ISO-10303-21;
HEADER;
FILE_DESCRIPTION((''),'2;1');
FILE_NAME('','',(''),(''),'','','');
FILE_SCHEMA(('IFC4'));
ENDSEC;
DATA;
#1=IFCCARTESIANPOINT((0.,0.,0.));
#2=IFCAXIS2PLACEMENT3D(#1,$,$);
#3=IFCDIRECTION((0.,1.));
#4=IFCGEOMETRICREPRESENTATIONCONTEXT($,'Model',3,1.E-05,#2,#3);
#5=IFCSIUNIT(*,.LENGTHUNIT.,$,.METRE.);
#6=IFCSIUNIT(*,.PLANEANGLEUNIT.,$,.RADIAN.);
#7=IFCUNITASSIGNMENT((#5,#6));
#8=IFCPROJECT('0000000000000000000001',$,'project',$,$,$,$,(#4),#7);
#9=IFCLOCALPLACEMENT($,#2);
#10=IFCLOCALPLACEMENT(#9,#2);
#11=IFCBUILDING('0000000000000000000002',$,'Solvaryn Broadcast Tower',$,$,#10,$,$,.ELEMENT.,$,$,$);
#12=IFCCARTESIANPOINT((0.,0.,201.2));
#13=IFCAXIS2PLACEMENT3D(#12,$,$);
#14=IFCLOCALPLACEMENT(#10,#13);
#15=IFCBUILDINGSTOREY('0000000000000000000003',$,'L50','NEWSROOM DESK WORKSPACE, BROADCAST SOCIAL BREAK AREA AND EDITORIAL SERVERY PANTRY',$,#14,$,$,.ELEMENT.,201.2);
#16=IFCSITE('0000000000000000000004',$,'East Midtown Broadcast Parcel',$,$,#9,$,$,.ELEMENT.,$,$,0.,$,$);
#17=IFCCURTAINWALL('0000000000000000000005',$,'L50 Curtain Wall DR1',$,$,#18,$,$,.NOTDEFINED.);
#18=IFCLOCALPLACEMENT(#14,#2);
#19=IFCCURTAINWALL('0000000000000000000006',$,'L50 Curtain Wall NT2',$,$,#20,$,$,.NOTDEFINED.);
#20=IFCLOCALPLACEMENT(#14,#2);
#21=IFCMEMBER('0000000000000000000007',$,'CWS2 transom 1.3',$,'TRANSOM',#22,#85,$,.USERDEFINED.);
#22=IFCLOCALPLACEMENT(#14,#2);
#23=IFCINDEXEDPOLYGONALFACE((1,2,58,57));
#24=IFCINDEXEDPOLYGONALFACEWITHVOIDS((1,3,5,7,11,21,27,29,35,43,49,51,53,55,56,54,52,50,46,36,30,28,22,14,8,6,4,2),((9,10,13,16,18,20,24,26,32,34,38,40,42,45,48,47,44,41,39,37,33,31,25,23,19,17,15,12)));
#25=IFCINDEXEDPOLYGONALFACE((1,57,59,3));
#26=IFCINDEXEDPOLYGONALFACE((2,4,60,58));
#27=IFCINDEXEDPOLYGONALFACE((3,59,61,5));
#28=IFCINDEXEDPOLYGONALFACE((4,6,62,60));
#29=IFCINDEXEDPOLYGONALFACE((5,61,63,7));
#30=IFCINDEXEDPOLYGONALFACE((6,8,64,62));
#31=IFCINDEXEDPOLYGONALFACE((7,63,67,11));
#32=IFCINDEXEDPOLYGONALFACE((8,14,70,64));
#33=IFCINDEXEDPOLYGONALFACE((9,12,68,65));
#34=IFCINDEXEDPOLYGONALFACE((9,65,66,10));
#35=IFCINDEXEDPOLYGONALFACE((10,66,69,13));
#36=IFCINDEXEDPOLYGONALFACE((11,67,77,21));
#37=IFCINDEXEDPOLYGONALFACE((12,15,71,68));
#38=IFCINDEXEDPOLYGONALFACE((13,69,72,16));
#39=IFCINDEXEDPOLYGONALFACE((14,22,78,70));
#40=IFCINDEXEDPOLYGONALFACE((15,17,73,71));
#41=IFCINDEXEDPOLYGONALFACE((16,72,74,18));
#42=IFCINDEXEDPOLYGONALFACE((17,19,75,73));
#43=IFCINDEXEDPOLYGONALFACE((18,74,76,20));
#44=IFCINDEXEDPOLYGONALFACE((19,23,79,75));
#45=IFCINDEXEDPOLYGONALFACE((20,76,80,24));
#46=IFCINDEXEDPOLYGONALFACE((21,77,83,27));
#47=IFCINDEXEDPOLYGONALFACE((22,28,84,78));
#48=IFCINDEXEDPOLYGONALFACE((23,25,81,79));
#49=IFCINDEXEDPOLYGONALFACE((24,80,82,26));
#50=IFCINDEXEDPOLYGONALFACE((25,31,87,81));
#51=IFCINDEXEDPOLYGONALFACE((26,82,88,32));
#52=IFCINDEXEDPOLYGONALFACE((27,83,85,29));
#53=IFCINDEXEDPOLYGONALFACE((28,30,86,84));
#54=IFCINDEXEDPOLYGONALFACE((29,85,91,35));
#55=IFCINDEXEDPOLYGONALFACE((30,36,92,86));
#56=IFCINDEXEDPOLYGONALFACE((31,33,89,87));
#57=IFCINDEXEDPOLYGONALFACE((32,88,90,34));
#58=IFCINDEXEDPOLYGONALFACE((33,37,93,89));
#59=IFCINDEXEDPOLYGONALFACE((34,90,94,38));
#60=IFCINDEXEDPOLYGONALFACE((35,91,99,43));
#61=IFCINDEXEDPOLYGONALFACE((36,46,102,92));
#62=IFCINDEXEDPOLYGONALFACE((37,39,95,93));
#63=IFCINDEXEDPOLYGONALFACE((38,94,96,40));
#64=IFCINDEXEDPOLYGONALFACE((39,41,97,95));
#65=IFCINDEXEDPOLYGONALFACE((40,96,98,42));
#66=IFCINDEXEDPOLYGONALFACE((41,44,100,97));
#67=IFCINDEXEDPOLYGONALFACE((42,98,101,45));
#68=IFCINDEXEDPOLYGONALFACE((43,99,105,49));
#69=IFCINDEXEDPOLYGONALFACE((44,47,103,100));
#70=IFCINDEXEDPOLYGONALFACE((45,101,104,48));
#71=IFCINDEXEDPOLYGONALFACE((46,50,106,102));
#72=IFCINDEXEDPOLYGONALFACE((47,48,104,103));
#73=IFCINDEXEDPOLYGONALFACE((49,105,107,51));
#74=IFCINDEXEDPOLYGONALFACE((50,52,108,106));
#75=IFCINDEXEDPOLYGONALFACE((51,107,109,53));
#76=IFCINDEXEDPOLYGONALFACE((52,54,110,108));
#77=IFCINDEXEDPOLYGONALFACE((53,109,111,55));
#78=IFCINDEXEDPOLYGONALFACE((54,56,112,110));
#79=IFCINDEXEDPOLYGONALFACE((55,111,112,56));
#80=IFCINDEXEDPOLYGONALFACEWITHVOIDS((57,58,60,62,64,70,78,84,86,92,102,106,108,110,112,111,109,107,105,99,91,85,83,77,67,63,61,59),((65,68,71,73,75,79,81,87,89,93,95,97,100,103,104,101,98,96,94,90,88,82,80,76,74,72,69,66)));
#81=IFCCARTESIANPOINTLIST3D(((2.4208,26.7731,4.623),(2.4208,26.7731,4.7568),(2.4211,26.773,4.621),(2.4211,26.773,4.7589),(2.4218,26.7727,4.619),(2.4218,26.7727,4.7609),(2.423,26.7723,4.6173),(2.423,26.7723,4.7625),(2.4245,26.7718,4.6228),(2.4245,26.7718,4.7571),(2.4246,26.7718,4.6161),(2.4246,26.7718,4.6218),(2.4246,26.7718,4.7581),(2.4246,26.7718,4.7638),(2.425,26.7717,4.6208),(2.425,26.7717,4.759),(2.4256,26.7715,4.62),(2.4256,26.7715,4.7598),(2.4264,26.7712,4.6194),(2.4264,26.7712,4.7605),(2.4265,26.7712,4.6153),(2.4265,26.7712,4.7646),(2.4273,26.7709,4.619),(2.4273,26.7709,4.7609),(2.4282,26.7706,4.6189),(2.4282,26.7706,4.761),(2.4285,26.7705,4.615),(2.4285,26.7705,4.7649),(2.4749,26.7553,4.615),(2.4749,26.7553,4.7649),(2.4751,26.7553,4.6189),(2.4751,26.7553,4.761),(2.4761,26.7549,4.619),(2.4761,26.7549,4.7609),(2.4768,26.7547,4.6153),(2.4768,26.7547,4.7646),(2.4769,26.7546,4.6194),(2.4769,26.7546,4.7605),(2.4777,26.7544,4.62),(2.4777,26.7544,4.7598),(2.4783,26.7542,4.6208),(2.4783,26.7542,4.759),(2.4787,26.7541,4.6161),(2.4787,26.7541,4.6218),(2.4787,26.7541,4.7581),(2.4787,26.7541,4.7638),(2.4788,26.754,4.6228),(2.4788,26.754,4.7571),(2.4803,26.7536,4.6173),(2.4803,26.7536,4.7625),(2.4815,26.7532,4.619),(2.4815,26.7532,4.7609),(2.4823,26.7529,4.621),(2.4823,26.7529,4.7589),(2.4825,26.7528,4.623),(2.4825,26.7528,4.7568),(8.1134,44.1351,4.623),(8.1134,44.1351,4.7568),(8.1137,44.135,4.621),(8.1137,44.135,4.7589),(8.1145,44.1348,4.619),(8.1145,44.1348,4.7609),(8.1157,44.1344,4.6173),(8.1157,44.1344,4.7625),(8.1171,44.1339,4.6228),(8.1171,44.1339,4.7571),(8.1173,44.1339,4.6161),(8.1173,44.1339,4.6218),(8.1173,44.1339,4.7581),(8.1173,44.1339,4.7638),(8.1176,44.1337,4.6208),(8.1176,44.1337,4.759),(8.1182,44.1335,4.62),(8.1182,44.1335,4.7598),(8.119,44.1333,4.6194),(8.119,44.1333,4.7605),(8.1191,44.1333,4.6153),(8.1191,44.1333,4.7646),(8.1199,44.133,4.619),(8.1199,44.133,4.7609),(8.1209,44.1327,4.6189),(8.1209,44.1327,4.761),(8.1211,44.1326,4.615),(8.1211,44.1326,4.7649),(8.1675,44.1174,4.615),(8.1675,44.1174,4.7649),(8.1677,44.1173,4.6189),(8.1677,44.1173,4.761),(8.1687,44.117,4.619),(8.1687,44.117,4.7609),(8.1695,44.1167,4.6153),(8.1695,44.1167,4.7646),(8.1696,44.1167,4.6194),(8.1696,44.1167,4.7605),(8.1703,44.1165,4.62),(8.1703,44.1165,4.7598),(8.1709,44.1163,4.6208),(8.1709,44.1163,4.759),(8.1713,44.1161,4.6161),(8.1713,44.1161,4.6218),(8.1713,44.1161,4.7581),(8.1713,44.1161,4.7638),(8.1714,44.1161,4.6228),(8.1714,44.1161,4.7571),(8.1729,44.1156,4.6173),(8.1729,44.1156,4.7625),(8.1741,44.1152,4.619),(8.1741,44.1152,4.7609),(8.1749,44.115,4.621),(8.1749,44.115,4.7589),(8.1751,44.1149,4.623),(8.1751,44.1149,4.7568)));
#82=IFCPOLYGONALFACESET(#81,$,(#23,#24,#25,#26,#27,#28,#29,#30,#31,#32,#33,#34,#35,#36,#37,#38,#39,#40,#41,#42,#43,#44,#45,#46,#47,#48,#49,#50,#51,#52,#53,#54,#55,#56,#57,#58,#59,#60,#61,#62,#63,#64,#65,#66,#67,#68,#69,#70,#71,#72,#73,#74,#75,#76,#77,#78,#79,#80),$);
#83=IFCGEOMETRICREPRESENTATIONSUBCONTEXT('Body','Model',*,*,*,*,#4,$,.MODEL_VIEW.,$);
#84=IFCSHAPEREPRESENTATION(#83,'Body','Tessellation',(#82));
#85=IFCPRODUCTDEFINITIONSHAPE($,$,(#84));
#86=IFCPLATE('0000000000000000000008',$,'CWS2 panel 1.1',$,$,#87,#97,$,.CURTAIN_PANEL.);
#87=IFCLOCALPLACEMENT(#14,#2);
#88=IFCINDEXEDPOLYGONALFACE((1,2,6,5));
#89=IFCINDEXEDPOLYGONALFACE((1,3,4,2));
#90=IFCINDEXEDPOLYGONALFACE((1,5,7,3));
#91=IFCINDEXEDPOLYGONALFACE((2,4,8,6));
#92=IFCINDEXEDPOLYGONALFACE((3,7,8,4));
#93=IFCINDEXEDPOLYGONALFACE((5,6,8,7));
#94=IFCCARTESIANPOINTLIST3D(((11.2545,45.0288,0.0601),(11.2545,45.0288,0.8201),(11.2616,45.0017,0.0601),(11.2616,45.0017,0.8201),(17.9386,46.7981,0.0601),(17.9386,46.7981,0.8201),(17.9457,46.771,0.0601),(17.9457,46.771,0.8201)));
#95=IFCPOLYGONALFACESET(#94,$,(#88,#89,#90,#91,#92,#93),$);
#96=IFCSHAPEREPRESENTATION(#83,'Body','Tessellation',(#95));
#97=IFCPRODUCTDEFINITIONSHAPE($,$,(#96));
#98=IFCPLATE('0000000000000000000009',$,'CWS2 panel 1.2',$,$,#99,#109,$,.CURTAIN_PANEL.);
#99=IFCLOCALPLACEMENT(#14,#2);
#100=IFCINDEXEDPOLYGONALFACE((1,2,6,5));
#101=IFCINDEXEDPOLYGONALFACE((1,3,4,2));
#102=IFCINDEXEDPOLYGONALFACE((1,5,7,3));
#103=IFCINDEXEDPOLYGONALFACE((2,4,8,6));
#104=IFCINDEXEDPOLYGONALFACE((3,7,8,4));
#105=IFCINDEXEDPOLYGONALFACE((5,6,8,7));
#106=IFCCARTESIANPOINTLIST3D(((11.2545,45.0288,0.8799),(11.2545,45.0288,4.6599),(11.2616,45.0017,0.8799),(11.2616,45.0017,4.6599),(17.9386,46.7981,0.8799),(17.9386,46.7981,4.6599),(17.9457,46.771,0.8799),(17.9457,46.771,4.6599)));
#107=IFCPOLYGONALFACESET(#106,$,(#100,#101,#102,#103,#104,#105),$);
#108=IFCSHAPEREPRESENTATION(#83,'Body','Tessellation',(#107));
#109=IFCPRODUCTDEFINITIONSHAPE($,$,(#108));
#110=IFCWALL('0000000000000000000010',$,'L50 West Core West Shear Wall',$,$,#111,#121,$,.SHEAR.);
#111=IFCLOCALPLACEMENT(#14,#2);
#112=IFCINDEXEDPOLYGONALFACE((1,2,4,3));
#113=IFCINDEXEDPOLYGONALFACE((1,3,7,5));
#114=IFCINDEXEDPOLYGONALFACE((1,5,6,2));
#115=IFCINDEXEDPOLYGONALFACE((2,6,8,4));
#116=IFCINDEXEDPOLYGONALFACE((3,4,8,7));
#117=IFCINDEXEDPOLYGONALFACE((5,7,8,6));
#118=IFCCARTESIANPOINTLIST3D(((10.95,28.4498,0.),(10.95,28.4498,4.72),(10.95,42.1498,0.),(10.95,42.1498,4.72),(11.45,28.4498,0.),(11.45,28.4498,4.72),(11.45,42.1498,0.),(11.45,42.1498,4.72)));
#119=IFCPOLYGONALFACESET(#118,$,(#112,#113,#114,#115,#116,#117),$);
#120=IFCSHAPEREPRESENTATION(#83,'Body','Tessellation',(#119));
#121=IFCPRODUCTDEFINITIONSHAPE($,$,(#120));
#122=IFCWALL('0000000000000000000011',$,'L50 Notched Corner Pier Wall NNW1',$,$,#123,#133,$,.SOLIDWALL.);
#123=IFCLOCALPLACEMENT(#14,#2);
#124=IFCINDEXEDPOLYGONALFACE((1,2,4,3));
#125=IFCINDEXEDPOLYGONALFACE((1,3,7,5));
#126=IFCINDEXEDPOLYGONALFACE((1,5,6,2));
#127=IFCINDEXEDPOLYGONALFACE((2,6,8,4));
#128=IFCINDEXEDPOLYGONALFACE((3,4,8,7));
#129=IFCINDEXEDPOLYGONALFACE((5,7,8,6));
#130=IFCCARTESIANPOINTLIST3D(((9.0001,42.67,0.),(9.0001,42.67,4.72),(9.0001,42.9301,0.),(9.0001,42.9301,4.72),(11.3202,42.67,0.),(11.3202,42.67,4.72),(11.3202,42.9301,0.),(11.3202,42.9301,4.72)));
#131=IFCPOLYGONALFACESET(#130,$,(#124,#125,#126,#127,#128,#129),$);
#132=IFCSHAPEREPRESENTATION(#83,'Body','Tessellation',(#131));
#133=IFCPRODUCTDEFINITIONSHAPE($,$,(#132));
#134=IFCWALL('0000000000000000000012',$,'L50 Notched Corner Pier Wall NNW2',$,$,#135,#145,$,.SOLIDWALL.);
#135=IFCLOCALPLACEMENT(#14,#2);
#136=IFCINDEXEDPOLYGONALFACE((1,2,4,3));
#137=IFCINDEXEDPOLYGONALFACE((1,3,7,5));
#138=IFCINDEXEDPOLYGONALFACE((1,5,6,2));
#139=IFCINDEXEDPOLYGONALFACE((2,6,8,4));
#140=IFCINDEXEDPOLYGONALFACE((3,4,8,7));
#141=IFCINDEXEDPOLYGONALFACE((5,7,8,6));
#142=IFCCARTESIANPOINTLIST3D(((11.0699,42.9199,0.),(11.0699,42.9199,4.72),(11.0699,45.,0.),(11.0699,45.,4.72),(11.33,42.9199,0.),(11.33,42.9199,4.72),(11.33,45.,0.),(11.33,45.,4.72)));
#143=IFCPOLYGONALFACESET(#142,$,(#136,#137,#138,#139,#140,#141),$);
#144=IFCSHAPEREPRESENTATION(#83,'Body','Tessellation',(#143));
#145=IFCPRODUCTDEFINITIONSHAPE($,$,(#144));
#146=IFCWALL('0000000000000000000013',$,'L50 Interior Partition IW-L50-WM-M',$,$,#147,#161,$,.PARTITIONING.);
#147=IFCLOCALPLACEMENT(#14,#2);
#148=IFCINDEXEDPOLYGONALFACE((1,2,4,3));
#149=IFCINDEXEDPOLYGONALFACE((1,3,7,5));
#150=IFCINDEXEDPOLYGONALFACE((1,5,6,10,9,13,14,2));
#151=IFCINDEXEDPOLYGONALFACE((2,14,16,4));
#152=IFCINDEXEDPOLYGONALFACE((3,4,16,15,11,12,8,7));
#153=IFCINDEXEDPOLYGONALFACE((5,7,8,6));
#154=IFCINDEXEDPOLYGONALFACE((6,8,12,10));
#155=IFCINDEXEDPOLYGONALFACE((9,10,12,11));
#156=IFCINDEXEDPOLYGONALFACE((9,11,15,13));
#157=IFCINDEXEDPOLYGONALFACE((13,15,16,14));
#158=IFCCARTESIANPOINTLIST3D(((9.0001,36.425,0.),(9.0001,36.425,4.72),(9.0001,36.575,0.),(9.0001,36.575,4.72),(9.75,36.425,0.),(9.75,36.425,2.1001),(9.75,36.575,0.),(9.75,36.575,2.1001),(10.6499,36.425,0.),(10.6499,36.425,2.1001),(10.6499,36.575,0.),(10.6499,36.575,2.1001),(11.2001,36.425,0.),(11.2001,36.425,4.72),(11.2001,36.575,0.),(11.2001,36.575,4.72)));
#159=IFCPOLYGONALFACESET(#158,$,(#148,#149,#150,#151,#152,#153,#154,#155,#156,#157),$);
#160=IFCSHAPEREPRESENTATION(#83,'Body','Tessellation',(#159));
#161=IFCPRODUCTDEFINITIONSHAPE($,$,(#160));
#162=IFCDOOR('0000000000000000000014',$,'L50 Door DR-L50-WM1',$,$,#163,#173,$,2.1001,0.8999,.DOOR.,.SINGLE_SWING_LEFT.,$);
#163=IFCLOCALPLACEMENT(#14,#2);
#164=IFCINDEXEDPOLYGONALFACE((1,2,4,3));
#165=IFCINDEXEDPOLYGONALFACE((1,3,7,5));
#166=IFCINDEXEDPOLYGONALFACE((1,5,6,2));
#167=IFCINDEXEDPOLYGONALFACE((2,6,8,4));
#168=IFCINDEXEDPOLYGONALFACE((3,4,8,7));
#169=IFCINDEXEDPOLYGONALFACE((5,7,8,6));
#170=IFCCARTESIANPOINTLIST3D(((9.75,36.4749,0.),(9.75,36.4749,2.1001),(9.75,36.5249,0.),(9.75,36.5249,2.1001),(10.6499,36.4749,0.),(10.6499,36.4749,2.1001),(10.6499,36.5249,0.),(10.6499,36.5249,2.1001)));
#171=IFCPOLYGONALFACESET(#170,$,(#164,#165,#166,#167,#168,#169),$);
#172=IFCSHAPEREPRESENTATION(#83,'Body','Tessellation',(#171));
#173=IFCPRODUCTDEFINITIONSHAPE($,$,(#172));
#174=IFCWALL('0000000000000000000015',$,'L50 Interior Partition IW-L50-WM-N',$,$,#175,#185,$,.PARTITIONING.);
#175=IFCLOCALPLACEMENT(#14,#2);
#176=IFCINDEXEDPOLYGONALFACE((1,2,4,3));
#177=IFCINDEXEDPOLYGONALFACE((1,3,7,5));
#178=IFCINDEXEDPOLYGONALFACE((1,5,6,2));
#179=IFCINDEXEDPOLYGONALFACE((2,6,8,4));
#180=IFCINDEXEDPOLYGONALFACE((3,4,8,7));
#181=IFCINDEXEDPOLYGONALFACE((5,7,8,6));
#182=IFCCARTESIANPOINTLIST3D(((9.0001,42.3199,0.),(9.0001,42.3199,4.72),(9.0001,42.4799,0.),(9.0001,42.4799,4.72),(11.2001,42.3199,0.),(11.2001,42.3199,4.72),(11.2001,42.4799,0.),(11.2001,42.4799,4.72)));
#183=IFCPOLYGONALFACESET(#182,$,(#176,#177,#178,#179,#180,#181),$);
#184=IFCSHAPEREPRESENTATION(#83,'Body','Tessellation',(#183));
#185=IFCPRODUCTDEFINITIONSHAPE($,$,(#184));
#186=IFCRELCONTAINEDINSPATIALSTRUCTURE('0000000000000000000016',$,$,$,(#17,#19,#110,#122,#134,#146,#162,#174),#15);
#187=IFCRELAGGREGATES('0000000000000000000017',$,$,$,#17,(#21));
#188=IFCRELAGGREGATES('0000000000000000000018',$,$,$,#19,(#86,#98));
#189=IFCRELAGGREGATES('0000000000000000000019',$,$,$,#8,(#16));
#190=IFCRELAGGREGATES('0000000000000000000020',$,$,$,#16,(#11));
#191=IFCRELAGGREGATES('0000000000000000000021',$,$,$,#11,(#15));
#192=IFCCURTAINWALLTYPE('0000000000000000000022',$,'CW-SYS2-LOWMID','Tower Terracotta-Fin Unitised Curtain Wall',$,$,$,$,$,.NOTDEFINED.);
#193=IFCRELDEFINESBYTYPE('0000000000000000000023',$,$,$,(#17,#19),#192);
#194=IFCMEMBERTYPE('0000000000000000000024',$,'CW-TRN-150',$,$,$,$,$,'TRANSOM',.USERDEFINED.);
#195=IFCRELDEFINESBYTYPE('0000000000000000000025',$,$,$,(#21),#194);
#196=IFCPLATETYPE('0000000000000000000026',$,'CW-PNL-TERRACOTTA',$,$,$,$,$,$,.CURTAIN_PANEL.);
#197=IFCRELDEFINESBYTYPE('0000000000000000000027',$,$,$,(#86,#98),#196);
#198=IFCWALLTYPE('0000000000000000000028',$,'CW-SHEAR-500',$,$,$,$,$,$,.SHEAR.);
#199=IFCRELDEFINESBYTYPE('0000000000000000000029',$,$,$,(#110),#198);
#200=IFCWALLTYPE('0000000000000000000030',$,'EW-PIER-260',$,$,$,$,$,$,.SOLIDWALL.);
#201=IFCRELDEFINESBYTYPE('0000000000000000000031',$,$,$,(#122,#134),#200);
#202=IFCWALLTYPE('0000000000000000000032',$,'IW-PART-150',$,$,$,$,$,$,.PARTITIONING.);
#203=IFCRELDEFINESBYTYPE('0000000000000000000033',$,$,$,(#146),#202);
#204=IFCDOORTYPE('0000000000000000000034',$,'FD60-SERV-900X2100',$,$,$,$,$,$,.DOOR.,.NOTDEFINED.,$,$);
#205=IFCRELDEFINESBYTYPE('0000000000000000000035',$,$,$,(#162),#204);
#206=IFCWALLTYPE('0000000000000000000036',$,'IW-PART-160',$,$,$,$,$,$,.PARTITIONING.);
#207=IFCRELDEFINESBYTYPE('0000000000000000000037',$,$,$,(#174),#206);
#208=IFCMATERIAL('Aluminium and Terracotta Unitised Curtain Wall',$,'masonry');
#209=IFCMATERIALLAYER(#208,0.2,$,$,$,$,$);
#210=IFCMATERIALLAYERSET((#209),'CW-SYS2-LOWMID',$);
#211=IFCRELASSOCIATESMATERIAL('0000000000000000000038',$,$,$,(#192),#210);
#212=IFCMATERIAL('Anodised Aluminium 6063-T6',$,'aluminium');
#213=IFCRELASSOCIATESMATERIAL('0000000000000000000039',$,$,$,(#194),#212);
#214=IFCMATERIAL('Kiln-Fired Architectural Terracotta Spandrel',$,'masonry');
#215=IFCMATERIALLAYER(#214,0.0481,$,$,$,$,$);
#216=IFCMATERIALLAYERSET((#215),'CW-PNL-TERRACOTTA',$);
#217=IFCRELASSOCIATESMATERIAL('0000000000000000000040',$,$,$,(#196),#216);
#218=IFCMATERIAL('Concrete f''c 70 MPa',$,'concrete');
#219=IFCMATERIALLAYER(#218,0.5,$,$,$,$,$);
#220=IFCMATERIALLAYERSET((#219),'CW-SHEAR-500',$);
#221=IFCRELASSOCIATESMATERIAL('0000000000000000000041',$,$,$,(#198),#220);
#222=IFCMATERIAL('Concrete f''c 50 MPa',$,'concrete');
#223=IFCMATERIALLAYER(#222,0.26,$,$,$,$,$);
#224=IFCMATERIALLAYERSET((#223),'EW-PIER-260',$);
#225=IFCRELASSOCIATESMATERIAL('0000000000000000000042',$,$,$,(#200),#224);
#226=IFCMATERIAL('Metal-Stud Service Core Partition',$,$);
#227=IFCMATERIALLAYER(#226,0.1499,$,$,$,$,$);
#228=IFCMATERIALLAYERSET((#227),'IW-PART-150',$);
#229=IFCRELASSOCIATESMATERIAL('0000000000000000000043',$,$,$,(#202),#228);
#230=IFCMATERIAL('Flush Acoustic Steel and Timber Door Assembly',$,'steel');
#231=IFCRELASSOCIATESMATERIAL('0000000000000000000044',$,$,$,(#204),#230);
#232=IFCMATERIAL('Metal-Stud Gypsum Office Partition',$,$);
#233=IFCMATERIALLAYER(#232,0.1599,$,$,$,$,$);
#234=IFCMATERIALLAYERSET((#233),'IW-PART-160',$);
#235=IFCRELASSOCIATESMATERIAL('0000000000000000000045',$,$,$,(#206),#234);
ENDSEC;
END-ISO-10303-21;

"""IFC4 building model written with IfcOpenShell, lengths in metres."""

from ifc_helpers import new_model, si_unit, direction, frame, frame_2d, origin, origin_2d, place, context, subcontext, project, spatial, rectangle, hollow_rectangle, extrude, material, layer, layer_set, material_profile, profile_set, type_object, element, fill, aggregate, save


model = new_model("IFC4")

# Units and contexts
model_context = context("Model", 3, precision=1e-05, world=origin(), true_north=direction((0.0, 1.0)))
body_context = subcontext(model_context, "Body", "Model", "MODEL_VIEW")
ifc_project = project(units=[si_unit("LENGTHUNIT", "METRE"), si_unit("PLANEANGLEUNIT", "RADIAN")], contexts=[model_context])

# Site, building, storey
site_placement = place(None, origin())
site = spatial("IfcSite", under=ifc_project, at=site_placement, Name="East Midtown Broadcast Parcel", CompositionType="ELEMENT", RefElevation=0.0)
building_placement = place(site_placement, origin())
building = spatial("IfcBuilding", under=site, at=building_placement, Name="Solvaryn Broadcast Tower", CompositionType="ELEMENT")
storey_placement = place(building_placement, frame((0.0, 0.0, 201.2)))
storey = spatial("IfcBuildingStorey", under=building, at=storey_placement, Name="L50", Description="NEWSROOM DESK WORKSPACE, BROADCAST SOCIAL BREAK AREA AND EDITORIAL SERVERY PANTRY", CompositionType="ELEMENT", Elevation=201.2)

# Curtain walls
ifc_material_1 = material(Name="Aluminium and Terracotta Unitised Curtain Wall", Category="masonry")
ifc_layer_1 = layer(ifc_material_1, 0.2)
ifc_layer_set_1 = layer_set([ifc_layer_1], Name="CW-SYS2-LOWMID")
curtain_wall_type = type_object("IfcCurtainWallType", Name="CW-SYS2-LOWMID", Description="Tower Terracotta-Fin Unitised Curtain Wall", PredefinedType="NOTDEFINED", material=ifc_layer_set_1)
curtain_wall_1_placement = place(storey_placement, origin())
curtain_wall_1 = element("IfcCurtainWall", 1, at=curtain_wall_1_placement, inside=storey, type_object=curtain_wall_type, Name="L50 Curtain Wall DR1", PredefinedType="NOTDEFINED")
curtain_wall_2_placement = place(storey_placement, origin())
curtain_wall_2 = element("IfcCurtainWall", 2, at=curtain_wall_2_placement, inside=storey, type_object=curtain_wall_type, Name="L50 Curtain Wall NT2", PredefinedType="NOTDEFINED")

# Member
ifc_material_2 = material(Name="Anodised Aluminium 6063-T6", Category="aluminium")
ifc_material_profile_1 = material_profile(ifc_material_2, hollow_rectangle(XDim=0.0649, YDim=0.1499, WallThickness=0.0039, InnerFilletRadius=0.0039, OuterFilletRadius=0.0081, at=origin_2d()))
ifc_profile_set_1 = profile_set([ifc_material_profile_1], Name="Anodised Aluminium 6063-T6")
member_type_1 = type_object("IfcMemberType", Name="CW-TRN-150", ElementType="TRANSOM", PredefinedType="USERDEFINED", material=ifc_profile_set_1)
member_1_placement = place(storey_placement, frame((8.1443, 44.125, 4.6899), z_axis=(-0.311558, -0.950227, 0.0), x_axis=(0.950227, -0.311558, 0.0)))
member_1 = element("IfcMember", 3, at=member_1_placement, type_object=member_type_1, Name="CWS2 transom 1.3", ObjectType="TRANSOM", PredefinedType="USERDEFINED", context=body_context, shape_type="SweptSolid", body=[
    extrude(hollow_rectangle(XDim=0.0649, YDim=0.1499, WallThickness=0.0039, InnerFilletRadius=0.0039, OuterFilletRadius=0.0081, at=origin_2d()), origin(), (0.0, 0.0, 1.0), 18.2715),
])
aggregate(curtain_wall_1, [member_1])

# Plates
ifc_material_3 = material(Name="Kiln-Fired Architectural Terracotta Spandrel", Category="masonry")
ifc_layer_2 = layer(ifc_material_3, 0.0481)
ifc_layer_set_2 = layer_set([ifc_layer_2], Name="CW-PNL-TERRACOTTA")
plate_type = type_object("IfcPlateType", Name="CW-PNL-TERRACOTTA", PredefinedType="CURTAIN_PANEL", material=ifc_layer_set_2)
plate_1_placement = place(storey_placement, frame((14.6001, 45.8999, 0.0601), z_axis=(0.0, 0.0, 1.0), x_axis=(-0.966705, -0.255893, 0.0)))
plate_1 = element("IfcPlate", 4, at=plate_1_placement, type_object=plate_type, Name="CWS2 panel 1.1", PredefinedType="CURTAIN_PANEL", context=body_context, shape_type="SweptSolid", body=[
    extrude(rectangle(XDim=6.9143, YDim=0.0281, at=origin_2d()), origin(), (0.0, 0.0, 1.0), 0.76),
])
plate_2_placement = place(storey_placement, frame((14.6001, 45.8999, 0.8799), z_axis=(0.0, 0.0, 1.0), x_axis=(-0.966705, -0.255893, 0.0)))
plate_2 = element("IfcPlate", 5, at=plate_2_placement, type_object=plate_type, Name="CWS2 panel 1.2", PredefinedType="CURTAIN_PANEL", context=body_context, shape_type="SweptSolid", body=[
    extrude(rectangle(XDim=6.9143, YDim=0.0281, at=origin_2d()), origin(), (0.0, 0.0, 1.0), 3.78),
])
aggregate(curtain_wall_2, [plate_1, plate_2])

# Walls
ifc_material_4 = material(Name="Concrete f'c 70 MPa", Category="concrete")
ifc_layer_3 = layer(ifc_material_4, 0.5)
ifc_layer_set_3 = layer_set([ifc_layer_3], Name="CW-SHEAR-500")
wall_type_1 = type_object("IfcWallType", Name="CW-SHEAR-500", PredefinedType="SHEAR", material=ifc_layer_set_3)
wall_1_placement = place(storey_placement, frame((11.2, 42.1499, 0.0), z_axis=(0.0, 0.0, 1.0), x_axis=(0.0, -1.0, 0.0)))
element("IfcWall", 6, at=wall_1_placement, inside=storey, type_object=wall_type_1, Name="L50 West Core West Shear Wall", PredefinedType="SHEAR", context=body_context, shape_type="SweptSolid", body=[
    extrude(rectangle(XDim=13.7, YDim=0.5, at=frame_2d((6.8501, 0.0))), origin(), (0.0, 0.0, 1.0), 4.72),
])
ifc_material_5 = material(Name="Concrete f'c 50 MPa", Category="concrete")
ifc_layer_4 = layer(ifc_material_5, 0.26)
ifc_layer_set_4 = layer_set([ifc_layer_4], Name="EW-PIER-260")
wall_type_2 = type_object("IfcWallType", Name="EW-PIER-260", PredefinedType="SOLIDWALL", material=ifc_layer_set_4)
wall_2_placement = place(storey_placement, frame((9.0, 42.8, 0.0), z_axis=(0.0, 0.0, 1.0), x_axis=(1.0, 0.0, 0.0)))
element("IfcWall", 7, at=wall_2_placement, inside=storey, type_object=wall_type_2, Name="L50 Notched Corner Pier Wall NNW1", PredefinedType="SOLIDWALL", context=body_context, shape_type="SweptSolid", body=[
    extrude(rectangle(XDim=2.3201, YDim=0.26, at=frame_2d((1.1602, 0.0))), origin(), (0.0, 0.0, 1.0), 4.72),
])
wall_3_placement = place(storey_placement, frame((11.2, 42.9199, 0.0), z_axis=(0.0, 0.0, 1.0), x_axis=(0.0, 1.0, 0.0)))
element("IfcWall", 8, at=wall_3_placement, inside=storey, type_object=wall_type_2, Name="L50 Notched Corner Pier Wall NNW2", PredefinedType="SOLIDWALL", context=body_context, shape_type="SweptSolid", body=[
    extrude(rectangle(XDim=2.0801, YDim=0.26, at=frame_2d((1.04, 0.0))), origin(), (0.0, 0.0, 1.0), 4.72),
])

# Wall, opening, door
ifc_material_6 = material(Name="Metal-Stud Service Core Partition")
ifc_layer_5 = layer(ifc_material_6, 0.1499)
ifc_layer_set_5 = layer_set([ifc_layer_5], Name="IW-PART-150")
wall_type_3 = type_object("IfcWallType", Name="IW-PART-150", PredefinedType="PARTITIONING", material=ifc_layer_set_5)
wall_4_placement = place(storey_placement, frame((9.0, 36.5, 0.0), z_axis=(0.0, 0.0, 1.0), x_axis=(1.0, 0.0, 0.0)))
wall_4 = element("IfcWall", 9, at=wall_4_placement, inside=storey, type_object=wall_type_3, Name="L50 Interior Partition IW-L50-WM-M", PredefinedType="PARTITIONING", context=body_context, shape_type="SweptSolid", body=[
    extrude(rectangle(XDim=2.2, YDim=0.1499, at=frame_2d((1.1001, 0.0))), origin(), (0.0, 0.0, 1.0), 4.72),
])
opening_placement = place(wall_4_placement, frame((0.75, 0.0, 0.0)))
opening = element("IfcOpeningElement", 10, at=opening_placement, cuts=wall_4, PredefinedType="OPENING", context=body_context, shape_type="SweptSolid", body=[
    extrude(rectangle(XDim=0.8999, YDim=2.1001, at=frame_2d((0.45, 1.05))), frame((0.0, 0.085, 0.0), z_axis=(0.0, -1.0, 0.0), x_axis=(1.0, 0.0, 0.0)), (0.0, 0.0, 1.0), 0.1699),
])
ifc_material_7 = material(Name="Flush Acoustic Steel and Timber Door Assembly", Category="steel")
door_type = type_object("IfcDoorType", Name="FD60-SERV-900X2100", OperationType="NOTDEFINED", PredefinedType="DOOR", material=ifc_material_7)
door_placement = place(opening_placement, origin())
door = element("IfcDoor", 11, at=door_placement, inside=storey, type_object=door_type, Name="L50 Door DR-L50-WM1", OperationType="SINGLE_SWING_LEFT", OverallHeight=2.1001, OverallWidth=0.8999, PredefinedType="DOOR", context=body_context, shape_type="SweptSolid", body=[
    extrude(rectangle(XDim=0.8999, YDim=2.1001, at=frame_2d((0.45, 1.05))), frame((0.0, 0.0249, 0.0), z_axis=(0.0, -1.0, 0.0), x_axis=(1.0, 0.0, 0.0)), (0.0, 0.0, 1.0), 0.05),
])
fill(opening, door)

# Wall
ifc_material_8 = material(Name="Metal-Stud Gypsum Office Partition")
ifc_layer_6 = layer(ifc_material_8, 0.1599)
ifc_layer_set_6 = layer_set([ifc_layer_6], Name="IW-PART-160")
wall_type_4 = type_object("IfcWallType", Name="IW-PART-160", PredefinedType="PARTITIONING", material=ifc_layer_set_6)
wall_5_placement = place(storey_placement, frame((9.0, 42.3999, 0.0), z_axis=(0.0, 0.0, 1.0), x_axis=(1.0, 0.0, 0.0)))
element("IfcWall", 12, at=wall_5_placement, inside=storey, type_object=wall_type_4, Name="L50 Interior Partition IW-L50-WM-N", PredefinedType="PARTITIONING", context=body_context, shape_type="SweptSolid", body=[
    extrude(rectangle(XDim=2.2, YDim=0.1599, at=frame_2d((1.1001, 0.0))), origin(), (0.0, 0.0, 1.0), 4.72),
])

save(model, "model.ifc")
